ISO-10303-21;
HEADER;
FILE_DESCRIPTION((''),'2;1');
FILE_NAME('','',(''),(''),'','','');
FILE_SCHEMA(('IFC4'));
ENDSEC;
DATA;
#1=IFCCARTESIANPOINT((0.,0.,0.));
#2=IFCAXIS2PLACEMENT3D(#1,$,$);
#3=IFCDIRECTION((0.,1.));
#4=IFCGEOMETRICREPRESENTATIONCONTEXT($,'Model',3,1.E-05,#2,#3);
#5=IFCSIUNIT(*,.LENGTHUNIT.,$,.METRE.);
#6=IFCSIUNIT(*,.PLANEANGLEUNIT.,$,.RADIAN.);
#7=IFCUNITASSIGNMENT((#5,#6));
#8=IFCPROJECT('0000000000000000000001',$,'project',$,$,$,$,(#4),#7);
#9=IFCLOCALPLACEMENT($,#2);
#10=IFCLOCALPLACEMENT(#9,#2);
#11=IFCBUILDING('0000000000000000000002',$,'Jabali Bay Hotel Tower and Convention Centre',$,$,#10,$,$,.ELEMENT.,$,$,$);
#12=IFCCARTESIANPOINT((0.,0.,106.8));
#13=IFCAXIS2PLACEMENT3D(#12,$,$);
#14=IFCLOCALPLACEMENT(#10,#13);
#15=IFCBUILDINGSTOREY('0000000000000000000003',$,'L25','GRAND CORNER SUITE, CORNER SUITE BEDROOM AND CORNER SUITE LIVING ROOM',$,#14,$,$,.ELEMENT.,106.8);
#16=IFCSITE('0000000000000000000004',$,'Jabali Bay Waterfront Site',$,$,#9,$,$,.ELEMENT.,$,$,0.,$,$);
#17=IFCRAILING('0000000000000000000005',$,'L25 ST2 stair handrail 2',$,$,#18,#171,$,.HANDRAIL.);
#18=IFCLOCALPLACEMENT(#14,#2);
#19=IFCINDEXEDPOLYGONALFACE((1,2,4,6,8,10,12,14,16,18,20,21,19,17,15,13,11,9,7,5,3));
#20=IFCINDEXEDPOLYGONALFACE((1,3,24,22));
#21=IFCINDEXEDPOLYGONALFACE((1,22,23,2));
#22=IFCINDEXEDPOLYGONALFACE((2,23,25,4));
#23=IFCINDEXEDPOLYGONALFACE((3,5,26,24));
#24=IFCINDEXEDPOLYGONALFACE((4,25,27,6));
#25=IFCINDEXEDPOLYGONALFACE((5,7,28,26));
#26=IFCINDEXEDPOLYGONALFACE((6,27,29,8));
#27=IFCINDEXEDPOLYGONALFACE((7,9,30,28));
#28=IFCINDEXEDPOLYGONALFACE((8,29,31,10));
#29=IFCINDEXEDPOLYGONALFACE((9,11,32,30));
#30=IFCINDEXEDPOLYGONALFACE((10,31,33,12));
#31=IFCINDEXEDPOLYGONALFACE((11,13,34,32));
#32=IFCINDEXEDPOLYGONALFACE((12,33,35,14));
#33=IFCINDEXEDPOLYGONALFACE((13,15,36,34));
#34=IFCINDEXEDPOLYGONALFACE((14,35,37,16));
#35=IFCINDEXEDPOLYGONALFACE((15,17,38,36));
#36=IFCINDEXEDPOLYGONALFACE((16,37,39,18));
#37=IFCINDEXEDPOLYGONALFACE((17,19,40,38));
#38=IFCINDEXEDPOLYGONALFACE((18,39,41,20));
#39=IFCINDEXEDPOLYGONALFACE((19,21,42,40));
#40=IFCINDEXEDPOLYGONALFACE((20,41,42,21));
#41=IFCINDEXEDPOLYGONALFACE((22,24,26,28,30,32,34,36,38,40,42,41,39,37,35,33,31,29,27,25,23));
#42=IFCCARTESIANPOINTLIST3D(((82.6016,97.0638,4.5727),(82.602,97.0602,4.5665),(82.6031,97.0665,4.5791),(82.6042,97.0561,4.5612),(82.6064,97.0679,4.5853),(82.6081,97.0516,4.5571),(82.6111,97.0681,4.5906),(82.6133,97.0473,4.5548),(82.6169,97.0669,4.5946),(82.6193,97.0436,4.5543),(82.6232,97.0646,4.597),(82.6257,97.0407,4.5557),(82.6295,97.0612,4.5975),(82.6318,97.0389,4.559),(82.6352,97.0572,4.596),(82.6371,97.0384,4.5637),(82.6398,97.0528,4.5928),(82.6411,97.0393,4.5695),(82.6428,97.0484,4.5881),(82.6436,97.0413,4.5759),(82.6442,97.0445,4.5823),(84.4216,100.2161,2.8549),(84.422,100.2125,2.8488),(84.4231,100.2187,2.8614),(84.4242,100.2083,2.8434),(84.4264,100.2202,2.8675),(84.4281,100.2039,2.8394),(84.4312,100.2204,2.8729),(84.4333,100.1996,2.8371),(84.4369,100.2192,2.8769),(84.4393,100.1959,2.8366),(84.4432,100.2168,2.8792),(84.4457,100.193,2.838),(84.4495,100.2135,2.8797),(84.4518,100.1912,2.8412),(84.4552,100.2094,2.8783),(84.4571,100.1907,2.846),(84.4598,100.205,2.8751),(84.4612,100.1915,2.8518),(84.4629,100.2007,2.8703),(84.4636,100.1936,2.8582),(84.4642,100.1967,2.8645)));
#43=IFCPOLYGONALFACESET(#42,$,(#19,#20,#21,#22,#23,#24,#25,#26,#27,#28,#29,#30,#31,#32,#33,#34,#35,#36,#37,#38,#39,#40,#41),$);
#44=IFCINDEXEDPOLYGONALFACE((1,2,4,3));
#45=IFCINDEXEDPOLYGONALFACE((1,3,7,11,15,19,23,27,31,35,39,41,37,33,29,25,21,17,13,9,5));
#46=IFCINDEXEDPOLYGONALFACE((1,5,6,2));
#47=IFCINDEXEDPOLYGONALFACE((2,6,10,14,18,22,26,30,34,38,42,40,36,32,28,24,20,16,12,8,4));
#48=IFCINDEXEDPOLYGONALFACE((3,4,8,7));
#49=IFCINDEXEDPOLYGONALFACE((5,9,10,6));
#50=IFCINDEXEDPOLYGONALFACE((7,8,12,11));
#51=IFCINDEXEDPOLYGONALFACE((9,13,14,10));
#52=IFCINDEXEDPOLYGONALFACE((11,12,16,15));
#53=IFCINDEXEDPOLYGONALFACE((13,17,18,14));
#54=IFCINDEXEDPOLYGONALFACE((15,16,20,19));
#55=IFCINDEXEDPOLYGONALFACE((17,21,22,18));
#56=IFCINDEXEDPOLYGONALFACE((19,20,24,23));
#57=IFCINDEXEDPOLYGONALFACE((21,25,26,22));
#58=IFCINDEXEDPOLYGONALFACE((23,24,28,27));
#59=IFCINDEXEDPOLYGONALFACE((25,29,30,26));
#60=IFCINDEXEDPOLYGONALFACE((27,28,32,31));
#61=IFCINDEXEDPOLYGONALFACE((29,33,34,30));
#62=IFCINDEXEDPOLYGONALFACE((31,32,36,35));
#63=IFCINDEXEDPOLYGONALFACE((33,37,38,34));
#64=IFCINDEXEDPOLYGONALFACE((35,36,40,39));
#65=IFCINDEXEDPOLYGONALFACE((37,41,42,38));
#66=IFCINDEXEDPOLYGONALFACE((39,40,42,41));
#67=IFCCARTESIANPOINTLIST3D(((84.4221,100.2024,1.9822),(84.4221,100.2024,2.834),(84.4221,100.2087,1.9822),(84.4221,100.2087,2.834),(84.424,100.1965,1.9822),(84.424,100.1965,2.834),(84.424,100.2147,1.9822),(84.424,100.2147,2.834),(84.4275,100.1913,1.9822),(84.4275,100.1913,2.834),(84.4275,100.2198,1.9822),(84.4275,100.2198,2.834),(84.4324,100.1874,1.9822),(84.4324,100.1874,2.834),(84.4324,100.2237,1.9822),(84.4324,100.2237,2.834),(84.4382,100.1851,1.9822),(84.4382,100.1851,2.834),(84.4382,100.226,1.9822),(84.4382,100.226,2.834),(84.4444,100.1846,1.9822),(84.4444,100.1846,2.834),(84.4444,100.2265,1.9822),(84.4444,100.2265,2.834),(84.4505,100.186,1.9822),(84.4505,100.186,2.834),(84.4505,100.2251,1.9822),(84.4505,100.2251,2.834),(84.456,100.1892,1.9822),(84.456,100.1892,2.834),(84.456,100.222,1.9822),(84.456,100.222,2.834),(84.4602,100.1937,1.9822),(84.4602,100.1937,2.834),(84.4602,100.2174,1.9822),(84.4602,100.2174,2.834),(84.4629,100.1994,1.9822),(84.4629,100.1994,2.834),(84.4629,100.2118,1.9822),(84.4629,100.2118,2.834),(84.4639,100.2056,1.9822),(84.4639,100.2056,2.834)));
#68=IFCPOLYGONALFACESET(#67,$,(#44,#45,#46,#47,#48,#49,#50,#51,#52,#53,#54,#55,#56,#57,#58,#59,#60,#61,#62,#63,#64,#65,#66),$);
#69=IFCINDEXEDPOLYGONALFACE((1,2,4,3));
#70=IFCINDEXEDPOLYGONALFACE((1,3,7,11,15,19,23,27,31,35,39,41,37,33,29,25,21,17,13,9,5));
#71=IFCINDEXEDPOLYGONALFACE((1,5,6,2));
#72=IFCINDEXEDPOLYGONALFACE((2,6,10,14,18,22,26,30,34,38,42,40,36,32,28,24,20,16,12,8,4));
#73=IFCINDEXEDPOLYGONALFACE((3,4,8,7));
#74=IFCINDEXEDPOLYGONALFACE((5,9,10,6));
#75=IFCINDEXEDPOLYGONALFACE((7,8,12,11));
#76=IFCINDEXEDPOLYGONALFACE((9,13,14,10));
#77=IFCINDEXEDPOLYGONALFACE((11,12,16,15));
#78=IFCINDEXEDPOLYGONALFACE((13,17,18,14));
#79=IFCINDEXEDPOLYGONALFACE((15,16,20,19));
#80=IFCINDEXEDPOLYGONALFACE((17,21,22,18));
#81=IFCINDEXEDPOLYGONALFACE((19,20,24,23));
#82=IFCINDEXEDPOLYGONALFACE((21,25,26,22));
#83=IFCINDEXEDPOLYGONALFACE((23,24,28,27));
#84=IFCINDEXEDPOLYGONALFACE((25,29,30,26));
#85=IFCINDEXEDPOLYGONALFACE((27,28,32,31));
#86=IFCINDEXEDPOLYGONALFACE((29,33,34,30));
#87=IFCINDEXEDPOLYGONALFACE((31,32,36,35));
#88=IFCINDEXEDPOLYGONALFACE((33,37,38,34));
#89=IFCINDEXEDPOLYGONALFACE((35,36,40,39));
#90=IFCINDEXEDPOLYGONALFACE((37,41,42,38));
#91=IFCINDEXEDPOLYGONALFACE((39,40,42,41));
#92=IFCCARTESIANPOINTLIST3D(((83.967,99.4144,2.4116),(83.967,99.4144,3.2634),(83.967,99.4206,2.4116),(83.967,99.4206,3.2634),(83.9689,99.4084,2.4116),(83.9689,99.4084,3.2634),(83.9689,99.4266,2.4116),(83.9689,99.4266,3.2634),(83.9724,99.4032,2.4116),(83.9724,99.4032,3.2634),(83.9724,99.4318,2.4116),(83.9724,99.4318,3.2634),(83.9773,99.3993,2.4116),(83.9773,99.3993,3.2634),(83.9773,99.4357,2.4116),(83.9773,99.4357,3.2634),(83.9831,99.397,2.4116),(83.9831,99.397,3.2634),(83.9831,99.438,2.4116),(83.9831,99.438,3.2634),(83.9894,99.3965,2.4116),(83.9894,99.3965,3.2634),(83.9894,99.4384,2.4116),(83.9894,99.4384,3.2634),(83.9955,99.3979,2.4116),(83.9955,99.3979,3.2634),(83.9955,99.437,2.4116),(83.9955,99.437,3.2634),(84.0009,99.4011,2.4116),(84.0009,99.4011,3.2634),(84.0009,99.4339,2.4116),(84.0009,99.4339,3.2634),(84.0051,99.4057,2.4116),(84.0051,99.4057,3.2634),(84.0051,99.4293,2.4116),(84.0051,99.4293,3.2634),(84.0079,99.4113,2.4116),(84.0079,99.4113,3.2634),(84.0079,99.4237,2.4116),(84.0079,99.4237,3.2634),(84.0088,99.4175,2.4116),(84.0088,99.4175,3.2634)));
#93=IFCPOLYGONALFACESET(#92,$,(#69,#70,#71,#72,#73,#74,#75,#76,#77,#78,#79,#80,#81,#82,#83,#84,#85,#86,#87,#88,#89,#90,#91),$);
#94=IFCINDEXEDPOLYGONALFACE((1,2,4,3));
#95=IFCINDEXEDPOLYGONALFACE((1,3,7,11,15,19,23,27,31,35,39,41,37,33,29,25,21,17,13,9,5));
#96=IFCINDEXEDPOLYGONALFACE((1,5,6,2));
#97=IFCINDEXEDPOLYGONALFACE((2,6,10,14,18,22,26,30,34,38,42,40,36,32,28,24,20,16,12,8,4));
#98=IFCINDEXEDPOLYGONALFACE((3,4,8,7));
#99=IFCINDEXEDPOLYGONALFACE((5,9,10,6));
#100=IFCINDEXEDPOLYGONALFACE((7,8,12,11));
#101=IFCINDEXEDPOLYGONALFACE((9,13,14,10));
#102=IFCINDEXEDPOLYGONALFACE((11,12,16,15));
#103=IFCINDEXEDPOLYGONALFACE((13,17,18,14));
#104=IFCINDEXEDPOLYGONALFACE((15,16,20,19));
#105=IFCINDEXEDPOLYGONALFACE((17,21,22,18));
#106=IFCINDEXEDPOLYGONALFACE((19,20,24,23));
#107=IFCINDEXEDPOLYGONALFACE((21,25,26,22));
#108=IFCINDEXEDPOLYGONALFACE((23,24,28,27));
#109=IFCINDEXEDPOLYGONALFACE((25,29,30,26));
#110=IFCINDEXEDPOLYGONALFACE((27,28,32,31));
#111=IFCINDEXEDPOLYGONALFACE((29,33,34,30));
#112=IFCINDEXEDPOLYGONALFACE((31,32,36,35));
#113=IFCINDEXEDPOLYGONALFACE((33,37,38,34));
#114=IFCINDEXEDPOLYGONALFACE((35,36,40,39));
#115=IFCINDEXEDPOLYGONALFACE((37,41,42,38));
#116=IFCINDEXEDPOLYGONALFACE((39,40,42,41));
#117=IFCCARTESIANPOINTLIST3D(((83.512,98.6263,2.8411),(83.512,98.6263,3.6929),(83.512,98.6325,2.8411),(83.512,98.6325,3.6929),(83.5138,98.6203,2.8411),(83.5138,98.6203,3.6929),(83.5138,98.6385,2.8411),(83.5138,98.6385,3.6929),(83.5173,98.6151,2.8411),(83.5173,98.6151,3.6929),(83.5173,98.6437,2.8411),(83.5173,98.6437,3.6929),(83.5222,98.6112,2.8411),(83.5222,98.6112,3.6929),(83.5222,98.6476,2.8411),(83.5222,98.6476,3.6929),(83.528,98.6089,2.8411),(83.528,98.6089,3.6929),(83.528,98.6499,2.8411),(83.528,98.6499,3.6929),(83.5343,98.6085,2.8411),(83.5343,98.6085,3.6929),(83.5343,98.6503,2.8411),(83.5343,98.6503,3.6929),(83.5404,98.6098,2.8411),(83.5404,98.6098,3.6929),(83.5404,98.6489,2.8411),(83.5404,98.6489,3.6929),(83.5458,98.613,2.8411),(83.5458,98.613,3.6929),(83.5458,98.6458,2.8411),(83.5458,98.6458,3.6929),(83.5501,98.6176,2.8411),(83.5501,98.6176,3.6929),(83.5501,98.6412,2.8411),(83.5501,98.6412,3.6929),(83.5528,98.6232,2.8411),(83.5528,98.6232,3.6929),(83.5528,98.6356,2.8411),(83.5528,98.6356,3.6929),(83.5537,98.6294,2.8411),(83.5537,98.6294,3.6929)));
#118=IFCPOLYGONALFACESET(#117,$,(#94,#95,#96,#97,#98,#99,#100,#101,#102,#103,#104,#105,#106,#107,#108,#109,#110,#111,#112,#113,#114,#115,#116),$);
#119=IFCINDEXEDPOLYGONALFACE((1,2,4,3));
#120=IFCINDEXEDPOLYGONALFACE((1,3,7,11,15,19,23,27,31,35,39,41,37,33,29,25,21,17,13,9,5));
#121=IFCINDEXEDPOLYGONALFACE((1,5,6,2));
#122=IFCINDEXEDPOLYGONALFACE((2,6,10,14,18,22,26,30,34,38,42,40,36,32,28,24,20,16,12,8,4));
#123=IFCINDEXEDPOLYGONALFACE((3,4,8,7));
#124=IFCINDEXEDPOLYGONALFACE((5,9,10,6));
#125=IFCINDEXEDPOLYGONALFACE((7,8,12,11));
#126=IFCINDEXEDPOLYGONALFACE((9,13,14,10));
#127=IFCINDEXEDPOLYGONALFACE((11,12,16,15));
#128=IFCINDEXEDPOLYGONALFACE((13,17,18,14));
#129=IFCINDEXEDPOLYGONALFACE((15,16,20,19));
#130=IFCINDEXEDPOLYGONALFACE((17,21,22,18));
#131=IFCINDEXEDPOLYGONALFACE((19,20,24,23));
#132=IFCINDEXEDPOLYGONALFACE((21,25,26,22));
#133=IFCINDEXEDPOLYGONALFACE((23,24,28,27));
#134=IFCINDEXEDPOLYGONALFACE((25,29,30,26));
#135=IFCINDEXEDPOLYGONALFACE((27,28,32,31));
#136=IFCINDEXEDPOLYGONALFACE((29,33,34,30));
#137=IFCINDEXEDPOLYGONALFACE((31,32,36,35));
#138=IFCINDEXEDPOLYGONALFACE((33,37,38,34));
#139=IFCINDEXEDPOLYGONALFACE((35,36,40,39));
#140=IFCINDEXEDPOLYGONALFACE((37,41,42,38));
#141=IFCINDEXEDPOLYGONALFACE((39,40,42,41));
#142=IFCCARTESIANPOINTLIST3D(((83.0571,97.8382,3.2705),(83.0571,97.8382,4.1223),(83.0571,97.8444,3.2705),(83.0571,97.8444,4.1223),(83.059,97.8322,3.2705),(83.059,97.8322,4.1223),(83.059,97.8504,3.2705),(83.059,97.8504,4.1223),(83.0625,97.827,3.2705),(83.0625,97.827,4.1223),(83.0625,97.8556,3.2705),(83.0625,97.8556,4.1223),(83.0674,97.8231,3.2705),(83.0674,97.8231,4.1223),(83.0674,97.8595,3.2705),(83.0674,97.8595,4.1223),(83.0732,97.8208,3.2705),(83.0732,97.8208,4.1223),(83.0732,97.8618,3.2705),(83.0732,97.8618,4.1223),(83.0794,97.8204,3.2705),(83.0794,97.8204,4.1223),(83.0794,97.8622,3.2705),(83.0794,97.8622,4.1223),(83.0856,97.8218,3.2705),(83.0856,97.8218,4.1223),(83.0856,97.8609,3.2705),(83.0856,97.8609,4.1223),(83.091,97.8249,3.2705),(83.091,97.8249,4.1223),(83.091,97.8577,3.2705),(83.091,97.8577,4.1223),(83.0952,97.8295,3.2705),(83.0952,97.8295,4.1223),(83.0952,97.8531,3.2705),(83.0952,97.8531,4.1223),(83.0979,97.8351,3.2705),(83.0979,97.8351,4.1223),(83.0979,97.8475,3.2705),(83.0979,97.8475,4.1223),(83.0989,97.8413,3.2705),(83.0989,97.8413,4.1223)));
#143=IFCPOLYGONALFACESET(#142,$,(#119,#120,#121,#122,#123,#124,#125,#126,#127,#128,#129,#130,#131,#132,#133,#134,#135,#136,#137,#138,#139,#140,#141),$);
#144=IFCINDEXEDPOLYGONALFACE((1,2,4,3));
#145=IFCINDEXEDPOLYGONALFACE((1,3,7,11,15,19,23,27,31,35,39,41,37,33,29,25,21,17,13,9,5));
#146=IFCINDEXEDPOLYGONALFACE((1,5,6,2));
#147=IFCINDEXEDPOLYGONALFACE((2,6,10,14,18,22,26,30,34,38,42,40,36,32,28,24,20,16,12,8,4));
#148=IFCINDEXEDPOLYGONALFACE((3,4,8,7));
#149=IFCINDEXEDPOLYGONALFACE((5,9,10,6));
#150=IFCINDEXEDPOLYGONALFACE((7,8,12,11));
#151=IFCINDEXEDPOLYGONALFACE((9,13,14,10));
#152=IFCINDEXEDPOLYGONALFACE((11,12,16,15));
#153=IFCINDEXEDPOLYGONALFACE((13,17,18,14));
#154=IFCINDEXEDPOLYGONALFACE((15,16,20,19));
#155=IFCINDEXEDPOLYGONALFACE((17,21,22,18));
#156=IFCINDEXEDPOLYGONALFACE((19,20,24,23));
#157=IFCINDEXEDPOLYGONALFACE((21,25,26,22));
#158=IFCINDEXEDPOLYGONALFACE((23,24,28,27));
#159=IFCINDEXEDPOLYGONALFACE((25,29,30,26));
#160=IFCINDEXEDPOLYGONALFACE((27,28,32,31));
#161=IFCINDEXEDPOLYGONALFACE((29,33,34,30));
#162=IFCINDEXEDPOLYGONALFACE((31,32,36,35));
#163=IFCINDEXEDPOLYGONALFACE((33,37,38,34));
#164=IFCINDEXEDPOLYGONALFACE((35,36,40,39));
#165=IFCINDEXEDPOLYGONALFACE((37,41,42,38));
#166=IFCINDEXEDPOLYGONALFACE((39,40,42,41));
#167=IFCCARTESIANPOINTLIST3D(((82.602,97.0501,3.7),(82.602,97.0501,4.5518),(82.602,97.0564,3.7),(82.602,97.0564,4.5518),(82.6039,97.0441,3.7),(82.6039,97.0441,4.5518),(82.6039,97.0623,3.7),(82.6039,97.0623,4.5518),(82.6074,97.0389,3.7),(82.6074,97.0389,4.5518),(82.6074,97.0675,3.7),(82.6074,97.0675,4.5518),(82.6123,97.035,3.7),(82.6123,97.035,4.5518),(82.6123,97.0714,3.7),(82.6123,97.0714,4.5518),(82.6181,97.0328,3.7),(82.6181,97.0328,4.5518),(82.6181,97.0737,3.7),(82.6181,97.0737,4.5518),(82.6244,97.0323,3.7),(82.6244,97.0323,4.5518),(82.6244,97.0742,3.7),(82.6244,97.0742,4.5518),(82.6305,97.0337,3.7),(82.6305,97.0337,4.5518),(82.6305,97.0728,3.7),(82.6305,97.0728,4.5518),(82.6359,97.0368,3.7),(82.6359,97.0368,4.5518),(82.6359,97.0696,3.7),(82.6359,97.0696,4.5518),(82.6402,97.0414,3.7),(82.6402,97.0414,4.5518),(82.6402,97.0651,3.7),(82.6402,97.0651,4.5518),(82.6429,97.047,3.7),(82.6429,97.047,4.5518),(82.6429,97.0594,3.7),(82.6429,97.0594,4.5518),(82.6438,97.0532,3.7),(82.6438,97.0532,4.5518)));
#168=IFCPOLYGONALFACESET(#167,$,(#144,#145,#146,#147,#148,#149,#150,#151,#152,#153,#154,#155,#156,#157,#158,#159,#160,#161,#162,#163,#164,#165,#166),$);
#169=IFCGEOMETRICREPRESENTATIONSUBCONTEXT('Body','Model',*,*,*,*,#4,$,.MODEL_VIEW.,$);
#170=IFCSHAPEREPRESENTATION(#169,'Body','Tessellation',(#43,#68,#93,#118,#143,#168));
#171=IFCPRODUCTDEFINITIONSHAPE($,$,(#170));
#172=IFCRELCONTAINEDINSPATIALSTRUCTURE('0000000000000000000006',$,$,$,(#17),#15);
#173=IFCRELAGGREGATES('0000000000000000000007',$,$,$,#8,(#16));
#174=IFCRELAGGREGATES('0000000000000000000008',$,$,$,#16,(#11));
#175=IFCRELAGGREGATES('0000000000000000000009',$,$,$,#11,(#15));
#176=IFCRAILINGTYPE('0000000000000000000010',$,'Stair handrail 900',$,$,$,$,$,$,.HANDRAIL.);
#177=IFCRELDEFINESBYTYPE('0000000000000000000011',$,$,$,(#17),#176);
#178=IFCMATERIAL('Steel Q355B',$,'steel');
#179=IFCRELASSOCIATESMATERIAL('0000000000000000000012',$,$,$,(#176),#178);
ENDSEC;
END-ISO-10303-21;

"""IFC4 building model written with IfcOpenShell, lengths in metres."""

from ifc_helpers import new_model, si_unit, direction, frame, origin, origin_2d, place, context, subcontext, project, spatial, circle, extrude, material, type_object, element, save


model = new_model("IFC4")

# Units and contexts
model_context = context("Model", 3, precision=1e-05, world=origin(), true_north=direction((0.0, 1.0)))
body_context = subcontext(model_context, "Body", "Model", "MODEL_VIEW")
ifc_project = project(units=[si_unit("LENGTHUNIT", "METRE"), si_unit("PLANEANGLEUNIT", "RADIAN")], contexts=[model_context])

# Site, building, storey
site_placement = place(None, origin())
site = spatial("IfcSite", under=ifc_project, at=site_placement, Name="Jabali Bay Waterfront Site", CompositionType="ELEMENT", RefElevation=0.0)
building_placement = place(site_placement, origin())
building = spatial("IfcBuilding", under=site, at=building_placement, Name="Jabali Bay Hotel Tower and Convention Centre", CompositionType="ELEMENT")
storey_placement = place(building_placement, frame((0.0, 0.0, 106.8)))
storey = spatial("IfcBuildingStorey", under=building, at=storey_placement, Name="L25", Description="GRAND CORNER SUITE, CORNER SUITE BEDROOM AND CORNER SUITE LIVING ROOM", CompositionType="ELEMENT", Elevation=106.8)

# Railing
ifc_material_1 = material(Name="Steel Q355B", Category="steel")
railing_type = type_object("IfcRailingType", Name="Stair handrail 900", PredefinedType="HANDRAIL", material=ifc_material_1)
railing_placement = place(storey_placement, frame((84.4429, 100.2056, 1.9822)))
element("IfcRailing", 1, at=railing_placement, inside=storey, type_object=railing_type, Name="L25 ST2 stair handrail 2", PredefinedType="HANDRAIL", context=body_context, shape_type="SweptSolid", body=[
    extrude(circle(Radius=0.0239, at=origin_2d()), frame((0.0, 0.0, 0.876), z_axis=(-0.45219, -0.78319, 0.426775), x_axis=(0.866018, -0.500013, 0.0)), (0.0, 0.0, 1.0), 4.0249),
    extrude(circle(Radius=0.021, at=origin_2d()), origin(), (0.0, 0.0, 1.0), 0.8518),
    extrude(circle(Radius=0.021, at=origin_2d()), frame((-0.4551, -0.7881, 0.4294)), (0.0, 0.0, 1.0), 0.8518),
    extrude(circle(Radius=0.021, at=origin_2d()), frame((-0.9102, -1.5762, 0.8589)), (0.0, 0.0, 1.0), 0.8518),
    extrude(circle(Radius=0.021, at=origin_2d()), frame((-1.365, -2.3643, 1.2883)), (0.0, 0.0, 1.0), 0.8518),
    extrude(circle(Radius=0.021, at=origin_2d()), frame((-1.8201, -3.1523, 1.7178)), (0.0, 0.0, 1.0), 0.8518),
])

save(model, "model.ifc")
